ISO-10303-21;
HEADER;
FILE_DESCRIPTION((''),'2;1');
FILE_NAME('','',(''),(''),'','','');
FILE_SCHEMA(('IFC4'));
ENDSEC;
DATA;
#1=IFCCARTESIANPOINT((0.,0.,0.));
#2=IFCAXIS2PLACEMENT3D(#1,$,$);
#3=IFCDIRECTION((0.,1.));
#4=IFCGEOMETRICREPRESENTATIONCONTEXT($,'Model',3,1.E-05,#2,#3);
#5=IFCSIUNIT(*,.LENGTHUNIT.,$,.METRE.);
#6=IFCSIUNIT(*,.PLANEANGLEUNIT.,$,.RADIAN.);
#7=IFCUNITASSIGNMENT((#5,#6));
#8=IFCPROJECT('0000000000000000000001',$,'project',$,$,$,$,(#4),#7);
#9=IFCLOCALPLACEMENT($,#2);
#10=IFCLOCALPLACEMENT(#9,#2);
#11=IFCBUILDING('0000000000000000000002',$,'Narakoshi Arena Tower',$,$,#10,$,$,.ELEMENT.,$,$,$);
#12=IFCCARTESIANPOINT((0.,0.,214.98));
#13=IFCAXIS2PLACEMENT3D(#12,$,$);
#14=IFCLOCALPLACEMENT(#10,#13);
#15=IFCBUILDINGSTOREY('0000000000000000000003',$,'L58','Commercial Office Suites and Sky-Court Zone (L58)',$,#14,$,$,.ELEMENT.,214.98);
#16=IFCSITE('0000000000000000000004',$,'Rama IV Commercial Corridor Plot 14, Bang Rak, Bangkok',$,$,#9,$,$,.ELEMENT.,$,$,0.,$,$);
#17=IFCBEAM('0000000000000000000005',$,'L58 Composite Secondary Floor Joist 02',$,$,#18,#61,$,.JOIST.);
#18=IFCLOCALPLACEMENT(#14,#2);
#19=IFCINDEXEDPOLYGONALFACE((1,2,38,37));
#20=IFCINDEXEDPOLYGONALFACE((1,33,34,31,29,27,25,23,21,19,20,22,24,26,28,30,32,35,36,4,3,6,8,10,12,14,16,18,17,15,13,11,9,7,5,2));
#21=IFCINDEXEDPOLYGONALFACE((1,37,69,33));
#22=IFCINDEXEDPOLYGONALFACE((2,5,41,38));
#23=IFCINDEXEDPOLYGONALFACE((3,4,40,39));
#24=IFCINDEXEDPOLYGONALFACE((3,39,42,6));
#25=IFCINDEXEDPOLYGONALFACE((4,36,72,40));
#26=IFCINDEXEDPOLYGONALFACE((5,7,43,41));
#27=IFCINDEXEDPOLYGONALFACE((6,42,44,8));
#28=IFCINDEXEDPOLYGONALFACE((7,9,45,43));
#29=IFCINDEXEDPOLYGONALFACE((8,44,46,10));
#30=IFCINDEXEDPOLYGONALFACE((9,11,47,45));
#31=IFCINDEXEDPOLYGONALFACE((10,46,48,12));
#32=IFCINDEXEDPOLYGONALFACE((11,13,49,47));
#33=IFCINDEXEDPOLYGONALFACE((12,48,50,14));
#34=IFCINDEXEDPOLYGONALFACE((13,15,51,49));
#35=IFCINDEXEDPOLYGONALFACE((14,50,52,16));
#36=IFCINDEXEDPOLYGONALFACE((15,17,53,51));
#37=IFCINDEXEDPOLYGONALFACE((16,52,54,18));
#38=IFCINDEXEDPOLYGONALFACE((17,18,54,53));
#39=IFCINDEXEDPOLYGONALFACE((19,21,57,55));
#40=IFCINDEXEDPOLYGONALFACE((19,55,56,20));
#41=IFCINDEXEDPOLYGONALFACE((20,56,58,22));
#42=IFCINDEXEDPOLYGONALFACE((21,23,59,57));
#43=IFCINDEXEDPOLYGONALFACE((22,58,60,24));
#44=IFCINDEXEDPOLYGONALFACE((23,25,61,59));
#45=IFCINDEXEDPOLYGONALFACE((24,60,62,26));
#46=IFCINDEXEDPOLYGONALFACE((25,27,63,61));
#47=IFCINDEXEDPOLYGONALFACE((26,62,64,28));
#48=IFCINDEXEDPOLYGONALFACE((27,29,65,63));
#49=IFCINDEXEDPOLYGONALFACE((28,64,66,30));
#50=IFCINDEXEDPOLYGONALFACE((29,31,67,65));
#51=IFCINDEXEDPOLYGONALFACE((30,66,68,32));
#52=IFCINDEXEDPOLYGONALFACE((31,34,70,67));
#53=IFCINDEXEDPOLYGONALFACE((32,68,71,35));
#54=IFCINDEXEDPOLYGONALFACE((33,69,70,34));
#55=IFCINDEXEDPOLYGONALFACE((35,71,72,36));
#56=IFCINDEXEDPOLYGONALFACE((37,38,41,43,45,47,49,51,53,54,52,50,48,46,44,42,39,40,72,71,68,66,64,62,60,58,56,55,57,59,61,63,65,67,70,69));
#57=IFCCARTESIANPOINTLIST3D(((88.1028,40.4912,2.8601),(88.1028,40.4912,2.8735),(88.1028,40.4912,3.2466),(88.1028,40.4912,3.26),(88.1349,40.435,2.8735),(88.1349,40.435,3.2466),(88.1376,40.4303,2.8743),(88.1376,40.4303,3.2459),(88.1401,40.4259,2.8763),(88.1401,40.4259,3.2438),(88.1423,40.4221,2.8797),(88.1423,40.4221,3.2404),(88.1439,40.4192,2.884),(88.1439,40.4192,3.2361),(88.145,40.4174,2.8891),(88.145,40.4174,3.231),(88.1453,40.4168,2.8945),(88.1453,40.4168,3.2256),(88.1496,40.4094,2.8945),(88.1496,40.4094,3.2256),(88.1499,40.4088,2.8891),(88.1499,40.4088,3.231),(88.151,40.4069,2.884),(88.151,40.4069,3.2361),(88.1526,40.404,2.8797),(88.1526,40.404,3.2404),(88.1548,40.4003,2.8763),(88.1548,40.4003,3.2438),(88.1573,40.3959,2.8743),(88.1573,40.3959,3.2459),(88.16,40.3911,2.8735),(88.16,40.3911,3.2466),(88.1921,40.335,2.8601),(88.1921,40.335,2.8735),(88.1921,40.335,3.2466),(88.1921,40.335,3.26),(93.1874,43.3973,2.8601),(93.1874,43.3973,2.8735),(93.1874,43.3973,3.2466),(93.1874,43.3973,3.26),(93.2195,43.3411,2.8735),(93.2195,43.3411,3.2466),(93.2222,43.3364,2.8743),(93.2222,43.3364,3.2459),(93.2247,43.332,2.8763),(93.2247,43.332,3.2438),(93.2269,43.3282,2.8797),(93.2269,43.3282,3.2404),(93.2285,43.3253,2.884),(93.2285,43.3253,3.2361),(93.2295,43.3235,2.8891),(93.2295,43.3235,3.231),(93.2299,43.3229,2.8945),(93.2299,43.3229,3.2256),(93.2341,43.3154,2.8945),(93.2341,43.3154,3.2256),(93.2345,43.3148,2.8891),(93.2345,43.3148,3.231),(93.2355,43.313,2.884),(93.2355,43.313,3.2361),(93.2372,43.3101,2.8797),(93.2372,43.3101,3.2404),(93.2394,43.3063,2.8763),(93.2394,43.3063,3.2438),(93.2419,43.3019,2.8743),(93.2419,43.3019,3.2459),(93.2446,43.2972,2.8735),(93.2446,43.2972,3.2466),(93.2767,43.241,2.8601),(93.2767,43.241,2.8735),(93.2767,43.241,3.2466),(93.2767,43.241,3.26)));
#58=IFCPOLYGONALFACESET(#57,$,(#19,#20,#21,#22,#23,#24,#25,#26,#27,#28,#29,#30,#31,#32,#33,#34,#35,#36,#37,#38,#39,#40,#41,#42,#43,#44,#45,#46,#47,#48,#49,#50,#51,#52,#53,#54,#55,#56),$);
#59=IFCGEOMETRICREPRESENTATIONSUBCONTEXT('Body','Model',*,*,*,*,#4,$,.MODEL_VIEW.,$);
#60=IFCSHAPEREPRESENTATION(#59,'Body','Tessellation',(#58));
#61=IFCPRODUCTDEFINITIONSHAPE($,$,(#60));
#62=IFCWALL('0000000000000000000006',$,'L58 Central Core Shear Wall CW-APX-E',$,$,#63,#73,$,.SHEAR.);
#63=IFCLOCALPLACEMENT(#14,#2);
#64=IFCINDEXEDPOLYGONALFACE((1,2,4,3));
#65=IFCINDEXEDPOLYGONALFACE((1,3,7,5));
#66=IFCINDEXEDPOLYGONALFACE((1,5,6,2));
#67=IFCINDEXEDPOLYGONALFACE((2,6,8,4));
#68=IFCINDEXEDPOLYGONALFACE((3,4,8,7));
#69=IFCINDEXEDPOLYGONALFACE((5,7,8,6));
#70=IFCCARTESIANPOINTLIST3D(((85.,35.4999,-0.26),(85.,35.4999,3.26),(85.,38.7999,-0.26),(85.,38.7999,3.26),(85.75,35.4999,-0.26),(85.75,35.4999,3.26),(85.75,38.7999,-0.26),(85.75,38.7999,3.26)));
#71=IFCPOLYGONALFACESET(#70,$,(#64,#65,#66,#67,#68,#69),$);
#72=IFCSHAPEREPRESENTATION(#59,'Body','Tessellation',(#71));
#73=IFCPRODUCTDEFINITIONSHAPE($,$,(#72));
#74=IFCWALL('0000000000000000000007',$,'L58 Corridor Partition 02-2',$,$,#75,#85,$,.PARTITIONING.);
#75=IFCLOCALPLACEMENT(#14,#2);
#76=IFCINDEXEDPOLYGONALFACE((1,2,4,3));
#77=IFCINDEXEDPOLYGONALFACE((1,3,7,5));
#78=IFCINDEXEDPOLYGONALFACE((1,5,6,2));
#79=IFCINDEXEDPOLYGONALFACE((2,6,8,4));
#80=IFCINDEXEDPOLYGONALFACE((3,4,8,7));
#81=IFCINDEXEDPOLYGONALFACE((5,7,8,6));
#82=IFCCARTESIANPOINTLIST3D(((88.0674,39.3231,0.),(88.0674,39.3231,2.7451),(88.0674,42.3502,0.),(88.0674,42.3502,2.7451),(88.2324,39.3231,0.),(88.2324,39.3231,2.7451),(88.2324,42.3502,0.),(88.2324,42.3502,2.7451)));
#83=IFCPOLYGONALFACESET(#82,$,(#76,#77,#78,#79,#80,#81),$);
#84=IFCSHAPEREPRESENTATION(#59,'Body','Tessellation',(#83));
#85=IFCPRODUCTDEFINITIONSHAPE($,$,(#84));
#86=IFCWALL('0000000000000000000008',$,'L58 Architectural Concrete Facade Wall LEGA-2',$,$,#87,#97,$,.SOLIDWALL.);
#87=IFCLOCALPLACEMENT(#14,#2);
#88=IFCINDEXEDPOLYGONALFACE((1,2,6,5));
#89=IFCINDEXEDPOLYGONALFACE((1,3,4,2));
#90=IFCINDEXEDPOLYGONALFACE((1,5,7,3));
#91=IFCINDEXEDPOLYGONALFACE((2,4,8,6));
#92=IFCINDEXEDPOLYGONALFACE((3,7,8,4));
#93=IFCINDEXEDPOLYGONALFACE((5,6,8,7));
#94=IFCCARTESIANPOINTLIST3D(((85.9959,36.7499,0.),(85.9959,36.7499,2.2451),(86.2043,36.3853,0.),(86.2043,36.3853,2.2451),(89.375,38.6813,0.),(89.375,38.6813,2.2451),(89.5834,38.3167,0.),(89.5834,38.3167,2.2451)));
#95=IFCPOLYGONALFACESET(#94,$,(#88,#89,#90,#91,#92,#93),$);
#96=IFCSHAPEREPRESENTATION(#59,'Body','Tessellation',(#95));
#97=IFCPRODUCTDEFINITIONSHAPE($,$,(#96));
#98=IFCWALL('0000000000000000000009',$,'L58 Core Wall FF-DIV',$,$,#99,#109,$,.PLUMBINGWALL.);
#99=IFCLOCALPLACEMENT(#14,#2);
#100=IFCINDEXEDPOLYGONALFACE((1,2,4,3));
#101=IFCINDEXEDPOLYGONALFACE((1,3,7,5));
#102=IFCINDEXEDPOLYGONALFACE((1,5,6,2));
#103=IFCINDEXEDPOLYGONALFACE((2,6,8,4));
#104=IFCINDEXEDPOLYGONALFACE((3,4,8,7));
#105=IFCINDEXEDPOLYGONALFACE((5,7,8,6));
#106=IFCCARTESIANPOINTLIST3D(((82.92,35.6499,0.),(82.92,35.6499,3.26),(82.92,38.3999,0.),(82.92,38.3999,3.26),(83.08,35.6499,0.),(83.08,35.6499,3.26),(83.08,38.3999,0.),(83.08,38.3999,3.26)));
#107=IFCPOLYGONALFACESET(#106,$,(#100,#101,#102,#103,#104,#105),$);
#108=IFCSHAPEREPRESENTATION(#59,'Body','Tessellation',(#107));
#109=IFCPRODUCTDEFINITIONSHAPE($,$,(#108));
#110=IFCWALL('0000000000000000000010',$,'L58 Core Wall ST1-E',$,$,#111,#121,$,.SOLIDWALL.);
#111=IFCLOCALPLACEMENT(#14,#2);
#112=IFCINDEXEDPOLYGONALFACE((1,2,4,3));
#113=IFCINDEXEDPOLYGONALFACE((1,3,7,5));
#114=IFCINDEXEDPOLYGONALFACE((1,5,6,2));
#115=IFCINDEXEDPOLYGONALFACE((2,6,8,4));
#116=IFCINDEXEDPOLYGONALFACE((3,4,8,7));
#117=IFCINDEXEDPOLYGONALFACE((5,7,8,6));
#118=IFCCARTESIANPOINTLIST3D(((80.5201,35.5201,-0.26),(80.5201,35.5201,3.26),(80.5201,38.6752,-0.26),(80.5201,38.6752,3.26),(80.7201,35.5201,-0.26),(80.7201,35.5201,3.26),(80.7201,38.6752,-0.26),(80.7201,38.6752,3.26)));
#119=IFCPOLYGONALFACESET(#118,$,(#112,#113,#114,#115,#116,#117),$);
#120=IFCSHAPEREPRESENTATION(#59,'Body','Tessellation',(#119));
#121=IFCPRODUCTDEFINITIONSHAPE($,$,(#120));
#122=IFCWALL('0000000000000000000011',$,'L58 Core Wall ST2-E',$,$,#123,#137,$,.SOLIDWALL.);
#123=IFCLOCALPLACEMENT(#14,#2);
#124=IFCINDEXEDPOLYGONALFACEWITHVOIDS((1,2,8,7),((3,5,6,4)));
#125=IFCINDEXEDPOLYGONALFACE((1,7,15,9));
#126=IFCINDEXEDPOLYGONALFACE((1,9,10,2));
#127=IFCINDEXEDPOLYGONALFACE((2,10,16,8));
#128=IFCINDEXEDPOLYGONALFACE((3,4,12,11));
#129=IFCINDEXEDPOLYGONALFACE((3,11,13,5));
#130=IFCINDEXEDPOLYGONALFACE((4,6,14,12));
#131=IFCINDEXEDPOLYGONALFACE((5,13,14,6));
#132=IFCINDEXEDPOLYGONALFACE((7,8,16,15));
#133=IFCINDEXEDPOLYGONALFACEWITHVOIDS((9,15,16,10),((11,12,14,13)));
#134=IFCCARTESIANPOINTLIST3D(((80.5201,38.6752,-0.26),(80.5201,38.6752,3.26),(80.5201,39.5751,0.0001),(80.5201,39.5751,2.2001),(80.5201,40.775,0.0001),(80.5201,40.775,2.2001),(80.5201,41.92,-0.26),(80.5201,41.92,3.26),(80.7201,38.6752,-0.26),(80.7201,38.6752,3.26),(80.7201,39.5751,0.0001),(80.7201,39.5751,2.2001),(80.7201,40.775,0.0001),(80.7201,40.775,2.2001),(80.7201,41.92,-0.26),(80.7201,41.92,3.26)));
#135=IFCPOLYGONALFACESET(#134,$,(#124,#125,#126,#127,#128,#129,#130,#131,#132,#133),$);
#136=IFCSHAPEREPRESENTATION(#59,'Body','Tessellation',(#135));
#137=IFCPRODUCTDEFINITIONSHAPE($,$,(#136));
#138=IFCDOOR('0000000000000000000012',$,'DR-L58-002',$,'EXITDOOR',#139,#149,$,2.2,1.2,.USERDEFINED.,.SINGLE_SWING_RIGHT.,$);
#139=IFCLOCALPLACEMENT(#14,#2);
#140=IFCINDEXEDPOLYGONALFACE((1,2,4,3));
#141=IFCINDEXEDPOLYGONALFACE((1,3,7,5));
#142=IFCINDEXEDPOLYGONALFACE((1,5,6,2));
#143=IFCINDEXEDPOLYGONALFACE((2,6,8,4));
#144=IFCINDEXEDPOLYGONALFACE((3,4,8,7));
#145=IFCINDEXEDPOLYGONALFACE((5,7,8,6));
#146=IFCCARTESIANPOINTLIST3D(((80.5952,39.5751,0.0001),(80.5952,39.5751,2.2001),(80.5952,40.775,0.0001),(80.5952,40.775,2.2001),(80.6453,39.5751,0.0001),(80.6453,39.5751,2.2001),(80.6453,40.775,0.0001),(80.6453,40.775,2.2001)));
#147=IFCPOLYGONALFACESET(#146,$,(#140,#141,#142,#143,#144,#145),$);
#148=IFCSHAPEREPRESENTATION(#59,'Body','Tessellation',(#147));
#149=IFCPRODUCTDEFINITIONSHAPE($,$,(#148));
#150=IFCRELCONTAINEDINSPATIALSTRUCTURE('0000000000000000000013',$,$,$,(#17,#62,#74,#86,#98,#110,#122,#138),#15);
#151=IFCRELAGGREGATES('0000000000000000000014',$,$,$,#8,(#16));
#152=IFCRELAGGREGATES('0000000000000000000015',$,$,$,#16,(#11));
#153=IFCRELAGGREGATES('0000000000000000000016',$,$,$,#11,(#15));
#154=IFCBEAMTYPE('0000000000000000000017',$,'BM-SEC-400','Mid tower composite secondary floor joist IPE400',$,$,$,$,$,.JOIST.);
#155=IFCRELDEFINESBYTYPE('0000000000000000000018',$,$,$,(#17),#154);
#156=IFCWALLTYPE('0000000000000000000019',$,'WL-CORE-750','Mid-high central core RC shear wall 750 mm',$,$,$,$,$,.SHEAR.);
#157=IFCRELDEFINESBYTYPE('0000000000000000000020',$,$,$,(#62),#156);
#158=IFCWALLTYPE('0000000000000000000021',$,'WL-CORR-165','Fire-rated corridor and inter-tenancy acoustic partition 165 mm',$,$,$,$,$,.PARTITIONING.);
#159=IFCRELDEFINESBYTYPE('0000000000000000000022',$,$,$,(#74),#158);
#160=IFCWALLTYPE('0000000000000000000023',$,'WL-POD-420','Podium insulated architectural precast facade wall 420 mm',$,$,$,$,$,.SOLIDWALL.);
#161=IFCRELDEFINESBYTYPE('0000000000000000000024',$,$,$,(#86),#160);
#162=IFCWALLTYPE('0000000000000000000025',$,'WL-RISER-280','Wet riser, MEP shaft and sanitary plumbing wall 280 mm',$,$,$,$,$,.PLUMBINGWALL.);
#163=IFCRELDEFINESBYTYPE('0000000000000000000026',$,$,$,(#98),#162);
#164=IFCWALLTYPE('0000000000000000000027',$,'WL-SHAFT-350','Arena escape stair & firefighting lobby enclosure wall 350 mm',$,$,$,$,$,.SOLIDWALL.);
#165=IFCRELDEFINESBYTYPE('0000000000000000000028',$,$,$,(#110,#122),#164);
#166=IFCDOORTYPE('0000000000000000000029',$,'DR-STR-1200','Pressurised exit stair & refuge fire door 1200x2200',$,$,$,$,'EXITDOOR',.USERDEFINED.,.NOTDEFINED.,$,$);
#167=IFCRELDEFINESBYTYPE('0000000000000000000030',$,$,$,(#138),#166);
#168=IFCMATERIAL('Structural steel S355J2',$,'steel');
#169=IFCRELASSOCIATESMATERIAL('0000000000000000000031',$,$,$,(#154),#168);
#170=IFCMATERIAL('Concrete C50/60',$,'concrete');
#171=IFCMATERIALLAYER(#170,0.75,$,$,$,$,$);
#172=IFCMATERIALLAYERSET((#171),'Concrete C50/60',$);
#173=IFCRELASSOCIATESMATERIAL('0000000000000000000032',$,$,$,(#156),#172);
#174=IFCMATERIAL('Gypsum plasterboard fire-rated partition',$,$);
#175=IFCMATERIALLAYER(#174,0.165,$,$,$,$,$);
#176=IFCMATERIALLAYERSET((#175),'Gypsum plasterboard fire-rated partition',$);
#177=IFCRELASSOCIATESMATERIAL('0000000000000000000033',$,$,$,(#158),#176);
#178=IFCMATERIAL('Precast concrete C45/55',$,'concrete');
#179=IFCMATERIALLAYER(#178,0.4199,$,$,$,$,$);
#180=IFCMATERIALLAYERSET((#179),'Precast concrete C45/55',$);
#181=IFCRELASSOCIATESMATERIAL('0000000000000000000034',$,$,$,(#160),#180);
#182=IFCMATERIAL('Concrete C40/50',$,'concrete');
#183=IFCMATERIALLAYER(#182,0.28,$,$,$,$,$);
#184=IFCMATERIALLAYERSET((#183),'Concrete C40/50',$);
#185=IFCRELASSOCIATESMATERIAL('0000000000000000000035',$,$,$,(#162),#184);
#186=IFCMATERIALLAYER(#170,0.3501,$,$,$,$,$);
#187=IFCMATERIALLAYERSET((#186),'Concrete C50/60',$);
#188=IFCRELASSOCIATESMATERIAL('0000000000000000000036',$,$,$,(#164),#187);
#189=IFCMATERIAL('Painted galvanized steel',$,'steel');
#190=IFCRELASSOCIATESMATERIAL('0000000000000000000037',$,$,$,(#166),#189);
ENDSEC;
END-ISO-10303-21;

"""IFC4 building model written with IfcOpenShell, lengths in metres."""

from ifc_helpers import new_model, si_unit, direction, frame, frame_2d, origin, origin_2d, place, context, subcontext, project, spatial, rectangle, i_section, extrude, material, layer, layer_set, material_profile, profile_set, type_object, element, fill, save


model = new_model("IFC4")

# Units and contexts
model_context = context("Model", 3, precision=1e-05, world=origin(), true_north=direction((0.0, 1.0)))
body_context = subcontext(model_context, "Body", "Model", "MODEL_VIEW")
ifc_project = project(units=[si_unit("LENGTHUNIT", "METRE"), si_unit("PLANEANGLEUNIT", "RADIAN")], contexts=[model_context])

# Site, building, storey
site_placement = place(None, origin())
site = spatial("IfcSite", under=ifc_project, at=site_placement, Name="Rama IV Commercial Corridor Plot 14, Bang Rak, Bangkok", CompositionType="ELEMENT", RefElevation=0.0)
building_placement = place(site_placement, origin())
building = spatial("IfcBuilding", under=site, at=building_placement, Name="Narakoshi Arena Tower", CompositionType="ELEMENT")
storey_placement = place(building_placement, frame((0.0, 0.0, 214.98)))
storey = spatial("IfcBuildingStorey", under=building, at=storey_placement, Name="L58", Description="Commercial Office Suites and Sky-Court Zone (L58)", CompositionType="ELEMENT", Elevation=214.98)

# Beam
ifc_material_1 = material(Name="Structural steel S355J2", Category="steel")
ifc_material_profile = material_profile(ifc_material_1, i_section(OverallWidth=0.1799, OverallDepth=0.3999, WebThickness=0.0085, FlangeThickness=0.0134, FilletRadius=0.021, at=origin_2d()), Name="IPE400")
ifc_profile_set = profile_set([ifc_material_profile], Name="Structural steel S355J2")
beam_type = type_object("IfcBeamType", Name="BM-SEC-400", Description="Mid tower composite secondary floor joist IPE400", PredefinedType="JOIST", material=ifc_profile_set)
beam_placement = place(storey_placement, frame((88.1475, 40.4131, 3.0601), z_axis=(0.8682, 0.496215, 0.0), x_axis=(-0.496215, 0.8682, 0.0)))
element("IfcBeam", 1, at=beam_placement, inside=storey, type_object=beam_type, Name="L58 Composite Secondary Floor Joist 02", PredefinedType="JOIST", context=body_context, shape_type="SweptSolid", body=[
    extrude(i_section(OverallWidth=0.1799, OverallDepth=0.3999, WebThickness=0.0085, FlangeThickness=0.0134, FilletRadius=0.021, at=origin_2d()), origin(), (0.0, 0.0, 1.0), 5.8564),
])

# Walls
ifc_material_2 = material(Name="Concrete C50/60", Category="concrete")
ifc_layer_1 = layer(ifc_material_2, 0.75)
ifc_layer_set_1 = layer_set([ifc_layer_1], Name="Concrete C50/60")
wall_type_1 = type_object("IfcWallType", Name="WL-CORE-750", Description="Mid-high central core RC shear wall 750 mm", PredefinedType="SHEAR", material=ifc_layer_set_1)
wall_1_placement = place(storey_placement, frame((85.375, 35.5, -0.26), z_axis=(0.0, 0.0, 1.0), x_axis=(0.0, 1.0, 0.0)))
element("IfcWall", 2, at=wall_1_placement, inside=storey, type_object=wall_type_1, Name="L58 Central Core Shear Wall CW-APX-E", PredefinedType="SHEAR", context=body_context, shape_type="SweptSolid", body=[
    extrude(rectangle(XDim=3.3, YDim=0.75, at=frame_2d((1.6499, 0.0))), origin(), (0.0, 0.0, 1.0), 3.52),
])
ifc_material_3 = material(Name="Gypsum plasterboard fire-rated partition")
ifc_layer_2 = layer(ifc_material_3, 0.165)
ifc_layer_set_2 = layer_set([ifc_layer_2], Name="Gypsum plasterboard fire-rated partition")
wall_type_2 = type_object("IfcWallType", Name="WL-CORR-165", Description="Fire-rated corridor and inter-tenancy acoustic partition 165 mm", PredefinedType="PARTITIONING", material=ifc_layer_set_2)
wall_2_placement = place(storey_placement, frame((88.1499, 39.323, 0.0), z_axis=(0.0, 0.0, 1.0), x_axis=(0.0, 1.0, 0.0)))
element("IfcWall", 3, at=wall_2_placement, inside=storey, type_object=wall_type_2, Name="L58 Corridor Partition 02-2", PredefinedType="PARTITIONING", context=body_context, shape_type="SweptSolid", body=[
    extrude(rectangle(XDim=3.0271, YDim=0.165, at=frame_2d((1.5137, 0.0))), origin(), (0.0, 0.0, 1.0), 2.7451),
])
ifc_material_4 = material(Name="Precast concrete C45/55", Category="concrete")
ifc_layer_3 = layer(ifc_material_4, 0.4199)
ifc_layer_set_3 = layer_set([ifc_layer_3], Name="Precast concrete C45/55")
wall_type_3 = type_object("IfcWallType", Name="WL-POD-420", Description="Podium insulated architectural precast facade wall 420 mm", PredefinedType="SOLIDWALL", material=ifc_layer_set_3)
wall_3_placement = place(storey_placement, frame((86.1001, 36.5676, 0.0), z_axis=(0.0, 0.0, 1.0), x_axis=(0.868193, 0.496227, 0.0)))
element("IfcWall", 4, at=wall_3_placement, inside=storey, type_object=wall_type_3, Name="L58 Architectural Concrete Facade Wall LEGA-2", PredefinedType="SOLIDWALL", context=body_context, shape_type="SweptSolid", body=[
    extrude(rectangle(XDim=3.8921, YDim=0.4199, at=frame_2d((1.946, 0.0))), origin(), (0.0, 0.0, 1.0), 2.2451),
])
ifc_material_5 = material(Name="Concrete C40/50", Category="concrete")
ifc_layer_4 = layer(ifc_material_5, 0.28)
ifc_layer_set_4 = layer_set([ifc_layer_4], Name="Concrete C40/50")
wall_type_4 = type_object("IfcWallType", Name="WL-RISER-280", Description="Wet riser, MEP shaft and sanitary plumbing wall 280 mm", PredefinedType="PLUMBINGWALL", material=ifc_layer_set_4)
wall_4_placement = place(storey_placement, frame((83.0, 35.6499, 0.0), z_axis=(0.0, 0.0, 1.0), x_axis=(0.0, 1.0, 0.0)))
element("IfcWall", 5, at=wall_4_placement, inside=storey, type_object=wall_type_4, Name="L58 Core Wall FF-DIV", PredefinedType="PLUMBINGWALL", context=body_context, shape_type="SweptSolid", body=[
    extrude(rectangle(XDim=2.75, YDim=0.1599, at=frame_2d((1.375, 0.0))), origin(), (0.0, 0.0, 1.0), 3.26),
])
ifc_layer_5 = layer(ifc_material_2, 0.3501)
ifc_layer_set_5 = layer_set([ifc_layer_5], Name="Concrete C50/60")
wall_type_5 = type_object("IfcWallType", Name="WL-SHAFT-350", Description="Arena escape stair & firefighting lobby enclosure wall 350 mm", PredefinedType="SOLIDWALL", material=ifc_layer_set_5)
wall_5_placement = place(storey_placement, frame((80.6201, 35.52, -0.26), z_axis=(0.0, 0.0, 1.0), x_axis=(0.0, 1.0, 0.0)))
element("IfcWall", 6, at=wall_5_placement, inside=storey, type_object=wall_type_5, Name="L58 Core Wall ST1-E", PredefinedType="SOLIDWALL", context=body_context, shape_type="SweptSolid", body=[
    extrude(rectangle(XDim=3.155, YDim=0.2, at=frame_2d((1.5776, 0.0))), origin(), (0.0, 0.0, 1.0), 3.52),
])

# Wall, opening, door
wall_6_placement = place(storey_placement, frame((80.6201, 38.675, -0.26), z_axis=(0.0, 0.0, 1.0), x_axis=(0.0, 1.0, 0.0)))
wall_6 = element("IfcWall", 7, at=wall_6_placement, inside=storey, type_object=wall_type_5, Name="L58 Core Wall ST2-E", PredefinedType="SOLIDWALL", context=body_context, shape_type="SweptSolid", body=[
    extrude(rectangle(XDim=3.2449, YDim=0.2, at=frame_2d((1.6226, 0.0))), origin(), (0.0, 0.0, 1.0), 3.52),
])
opening_1_placement = place(wall_6_placement, frame((0.8999, 0.0, 0.26)))
opening_1 = element("IfcOpeningElement", 8, at=opening_1_placement, cuts=wall_6, PredefinedType="OPENING", context=body_context, shape_type="SweptSolid", body=[
    extrude(rectangle(XDim=1.2, YDim=2.2, at=frame_2d((0.6001, 1.1001))), frame((0.0, 0.1099, 0.0), z_axis=(0.0, -1.0, 0.0), x_axis=(1.0, 0.0, 0.0)), (0.0, 0.0, 1.0), 0.22),
])
ifc_material_6 = material(Name="Painted galvanized steel", Category="steel")
door_type_1 = type_object("IfcDoorType", Name="DR-STR-1200", Description="Pressurised exit stair & refuge fire door 1200x2200", ElementType="EXITDOOR", OperationType="NOTDEFINED", PredefinedType="USERDEFINED", material=ifc_material_6)
door_1_placement = place(opening_1_placement, origin())
door_1 = element("IfcDoor", 9, at=door_1_placement, inside=storey, type_object=door_type_1, Name="DR-L58-002", ObjectType="EXITDOOR", OperationType="SINGLE_SWING_RIGHT", OverallHeight=2.2, OverallWidth=1.2, PredefinedType="USERDEFINED", context=body_context, shape_type="SweptSolid", body=[
    extrude(rectangle(XDim=1.2, YDim=2.2, at=frame_2d((0.6001, 1.1001))), frame((0.0, 0.0249, 0.0), z_axis=(0.0, -1.0, 0.0), x_axis=(1.0, 0.0, 0.0)), (0.0, 0.0, 1.0), 0.05),
])
fill(opening_1, door_1)

save(model, "model.ifc")
